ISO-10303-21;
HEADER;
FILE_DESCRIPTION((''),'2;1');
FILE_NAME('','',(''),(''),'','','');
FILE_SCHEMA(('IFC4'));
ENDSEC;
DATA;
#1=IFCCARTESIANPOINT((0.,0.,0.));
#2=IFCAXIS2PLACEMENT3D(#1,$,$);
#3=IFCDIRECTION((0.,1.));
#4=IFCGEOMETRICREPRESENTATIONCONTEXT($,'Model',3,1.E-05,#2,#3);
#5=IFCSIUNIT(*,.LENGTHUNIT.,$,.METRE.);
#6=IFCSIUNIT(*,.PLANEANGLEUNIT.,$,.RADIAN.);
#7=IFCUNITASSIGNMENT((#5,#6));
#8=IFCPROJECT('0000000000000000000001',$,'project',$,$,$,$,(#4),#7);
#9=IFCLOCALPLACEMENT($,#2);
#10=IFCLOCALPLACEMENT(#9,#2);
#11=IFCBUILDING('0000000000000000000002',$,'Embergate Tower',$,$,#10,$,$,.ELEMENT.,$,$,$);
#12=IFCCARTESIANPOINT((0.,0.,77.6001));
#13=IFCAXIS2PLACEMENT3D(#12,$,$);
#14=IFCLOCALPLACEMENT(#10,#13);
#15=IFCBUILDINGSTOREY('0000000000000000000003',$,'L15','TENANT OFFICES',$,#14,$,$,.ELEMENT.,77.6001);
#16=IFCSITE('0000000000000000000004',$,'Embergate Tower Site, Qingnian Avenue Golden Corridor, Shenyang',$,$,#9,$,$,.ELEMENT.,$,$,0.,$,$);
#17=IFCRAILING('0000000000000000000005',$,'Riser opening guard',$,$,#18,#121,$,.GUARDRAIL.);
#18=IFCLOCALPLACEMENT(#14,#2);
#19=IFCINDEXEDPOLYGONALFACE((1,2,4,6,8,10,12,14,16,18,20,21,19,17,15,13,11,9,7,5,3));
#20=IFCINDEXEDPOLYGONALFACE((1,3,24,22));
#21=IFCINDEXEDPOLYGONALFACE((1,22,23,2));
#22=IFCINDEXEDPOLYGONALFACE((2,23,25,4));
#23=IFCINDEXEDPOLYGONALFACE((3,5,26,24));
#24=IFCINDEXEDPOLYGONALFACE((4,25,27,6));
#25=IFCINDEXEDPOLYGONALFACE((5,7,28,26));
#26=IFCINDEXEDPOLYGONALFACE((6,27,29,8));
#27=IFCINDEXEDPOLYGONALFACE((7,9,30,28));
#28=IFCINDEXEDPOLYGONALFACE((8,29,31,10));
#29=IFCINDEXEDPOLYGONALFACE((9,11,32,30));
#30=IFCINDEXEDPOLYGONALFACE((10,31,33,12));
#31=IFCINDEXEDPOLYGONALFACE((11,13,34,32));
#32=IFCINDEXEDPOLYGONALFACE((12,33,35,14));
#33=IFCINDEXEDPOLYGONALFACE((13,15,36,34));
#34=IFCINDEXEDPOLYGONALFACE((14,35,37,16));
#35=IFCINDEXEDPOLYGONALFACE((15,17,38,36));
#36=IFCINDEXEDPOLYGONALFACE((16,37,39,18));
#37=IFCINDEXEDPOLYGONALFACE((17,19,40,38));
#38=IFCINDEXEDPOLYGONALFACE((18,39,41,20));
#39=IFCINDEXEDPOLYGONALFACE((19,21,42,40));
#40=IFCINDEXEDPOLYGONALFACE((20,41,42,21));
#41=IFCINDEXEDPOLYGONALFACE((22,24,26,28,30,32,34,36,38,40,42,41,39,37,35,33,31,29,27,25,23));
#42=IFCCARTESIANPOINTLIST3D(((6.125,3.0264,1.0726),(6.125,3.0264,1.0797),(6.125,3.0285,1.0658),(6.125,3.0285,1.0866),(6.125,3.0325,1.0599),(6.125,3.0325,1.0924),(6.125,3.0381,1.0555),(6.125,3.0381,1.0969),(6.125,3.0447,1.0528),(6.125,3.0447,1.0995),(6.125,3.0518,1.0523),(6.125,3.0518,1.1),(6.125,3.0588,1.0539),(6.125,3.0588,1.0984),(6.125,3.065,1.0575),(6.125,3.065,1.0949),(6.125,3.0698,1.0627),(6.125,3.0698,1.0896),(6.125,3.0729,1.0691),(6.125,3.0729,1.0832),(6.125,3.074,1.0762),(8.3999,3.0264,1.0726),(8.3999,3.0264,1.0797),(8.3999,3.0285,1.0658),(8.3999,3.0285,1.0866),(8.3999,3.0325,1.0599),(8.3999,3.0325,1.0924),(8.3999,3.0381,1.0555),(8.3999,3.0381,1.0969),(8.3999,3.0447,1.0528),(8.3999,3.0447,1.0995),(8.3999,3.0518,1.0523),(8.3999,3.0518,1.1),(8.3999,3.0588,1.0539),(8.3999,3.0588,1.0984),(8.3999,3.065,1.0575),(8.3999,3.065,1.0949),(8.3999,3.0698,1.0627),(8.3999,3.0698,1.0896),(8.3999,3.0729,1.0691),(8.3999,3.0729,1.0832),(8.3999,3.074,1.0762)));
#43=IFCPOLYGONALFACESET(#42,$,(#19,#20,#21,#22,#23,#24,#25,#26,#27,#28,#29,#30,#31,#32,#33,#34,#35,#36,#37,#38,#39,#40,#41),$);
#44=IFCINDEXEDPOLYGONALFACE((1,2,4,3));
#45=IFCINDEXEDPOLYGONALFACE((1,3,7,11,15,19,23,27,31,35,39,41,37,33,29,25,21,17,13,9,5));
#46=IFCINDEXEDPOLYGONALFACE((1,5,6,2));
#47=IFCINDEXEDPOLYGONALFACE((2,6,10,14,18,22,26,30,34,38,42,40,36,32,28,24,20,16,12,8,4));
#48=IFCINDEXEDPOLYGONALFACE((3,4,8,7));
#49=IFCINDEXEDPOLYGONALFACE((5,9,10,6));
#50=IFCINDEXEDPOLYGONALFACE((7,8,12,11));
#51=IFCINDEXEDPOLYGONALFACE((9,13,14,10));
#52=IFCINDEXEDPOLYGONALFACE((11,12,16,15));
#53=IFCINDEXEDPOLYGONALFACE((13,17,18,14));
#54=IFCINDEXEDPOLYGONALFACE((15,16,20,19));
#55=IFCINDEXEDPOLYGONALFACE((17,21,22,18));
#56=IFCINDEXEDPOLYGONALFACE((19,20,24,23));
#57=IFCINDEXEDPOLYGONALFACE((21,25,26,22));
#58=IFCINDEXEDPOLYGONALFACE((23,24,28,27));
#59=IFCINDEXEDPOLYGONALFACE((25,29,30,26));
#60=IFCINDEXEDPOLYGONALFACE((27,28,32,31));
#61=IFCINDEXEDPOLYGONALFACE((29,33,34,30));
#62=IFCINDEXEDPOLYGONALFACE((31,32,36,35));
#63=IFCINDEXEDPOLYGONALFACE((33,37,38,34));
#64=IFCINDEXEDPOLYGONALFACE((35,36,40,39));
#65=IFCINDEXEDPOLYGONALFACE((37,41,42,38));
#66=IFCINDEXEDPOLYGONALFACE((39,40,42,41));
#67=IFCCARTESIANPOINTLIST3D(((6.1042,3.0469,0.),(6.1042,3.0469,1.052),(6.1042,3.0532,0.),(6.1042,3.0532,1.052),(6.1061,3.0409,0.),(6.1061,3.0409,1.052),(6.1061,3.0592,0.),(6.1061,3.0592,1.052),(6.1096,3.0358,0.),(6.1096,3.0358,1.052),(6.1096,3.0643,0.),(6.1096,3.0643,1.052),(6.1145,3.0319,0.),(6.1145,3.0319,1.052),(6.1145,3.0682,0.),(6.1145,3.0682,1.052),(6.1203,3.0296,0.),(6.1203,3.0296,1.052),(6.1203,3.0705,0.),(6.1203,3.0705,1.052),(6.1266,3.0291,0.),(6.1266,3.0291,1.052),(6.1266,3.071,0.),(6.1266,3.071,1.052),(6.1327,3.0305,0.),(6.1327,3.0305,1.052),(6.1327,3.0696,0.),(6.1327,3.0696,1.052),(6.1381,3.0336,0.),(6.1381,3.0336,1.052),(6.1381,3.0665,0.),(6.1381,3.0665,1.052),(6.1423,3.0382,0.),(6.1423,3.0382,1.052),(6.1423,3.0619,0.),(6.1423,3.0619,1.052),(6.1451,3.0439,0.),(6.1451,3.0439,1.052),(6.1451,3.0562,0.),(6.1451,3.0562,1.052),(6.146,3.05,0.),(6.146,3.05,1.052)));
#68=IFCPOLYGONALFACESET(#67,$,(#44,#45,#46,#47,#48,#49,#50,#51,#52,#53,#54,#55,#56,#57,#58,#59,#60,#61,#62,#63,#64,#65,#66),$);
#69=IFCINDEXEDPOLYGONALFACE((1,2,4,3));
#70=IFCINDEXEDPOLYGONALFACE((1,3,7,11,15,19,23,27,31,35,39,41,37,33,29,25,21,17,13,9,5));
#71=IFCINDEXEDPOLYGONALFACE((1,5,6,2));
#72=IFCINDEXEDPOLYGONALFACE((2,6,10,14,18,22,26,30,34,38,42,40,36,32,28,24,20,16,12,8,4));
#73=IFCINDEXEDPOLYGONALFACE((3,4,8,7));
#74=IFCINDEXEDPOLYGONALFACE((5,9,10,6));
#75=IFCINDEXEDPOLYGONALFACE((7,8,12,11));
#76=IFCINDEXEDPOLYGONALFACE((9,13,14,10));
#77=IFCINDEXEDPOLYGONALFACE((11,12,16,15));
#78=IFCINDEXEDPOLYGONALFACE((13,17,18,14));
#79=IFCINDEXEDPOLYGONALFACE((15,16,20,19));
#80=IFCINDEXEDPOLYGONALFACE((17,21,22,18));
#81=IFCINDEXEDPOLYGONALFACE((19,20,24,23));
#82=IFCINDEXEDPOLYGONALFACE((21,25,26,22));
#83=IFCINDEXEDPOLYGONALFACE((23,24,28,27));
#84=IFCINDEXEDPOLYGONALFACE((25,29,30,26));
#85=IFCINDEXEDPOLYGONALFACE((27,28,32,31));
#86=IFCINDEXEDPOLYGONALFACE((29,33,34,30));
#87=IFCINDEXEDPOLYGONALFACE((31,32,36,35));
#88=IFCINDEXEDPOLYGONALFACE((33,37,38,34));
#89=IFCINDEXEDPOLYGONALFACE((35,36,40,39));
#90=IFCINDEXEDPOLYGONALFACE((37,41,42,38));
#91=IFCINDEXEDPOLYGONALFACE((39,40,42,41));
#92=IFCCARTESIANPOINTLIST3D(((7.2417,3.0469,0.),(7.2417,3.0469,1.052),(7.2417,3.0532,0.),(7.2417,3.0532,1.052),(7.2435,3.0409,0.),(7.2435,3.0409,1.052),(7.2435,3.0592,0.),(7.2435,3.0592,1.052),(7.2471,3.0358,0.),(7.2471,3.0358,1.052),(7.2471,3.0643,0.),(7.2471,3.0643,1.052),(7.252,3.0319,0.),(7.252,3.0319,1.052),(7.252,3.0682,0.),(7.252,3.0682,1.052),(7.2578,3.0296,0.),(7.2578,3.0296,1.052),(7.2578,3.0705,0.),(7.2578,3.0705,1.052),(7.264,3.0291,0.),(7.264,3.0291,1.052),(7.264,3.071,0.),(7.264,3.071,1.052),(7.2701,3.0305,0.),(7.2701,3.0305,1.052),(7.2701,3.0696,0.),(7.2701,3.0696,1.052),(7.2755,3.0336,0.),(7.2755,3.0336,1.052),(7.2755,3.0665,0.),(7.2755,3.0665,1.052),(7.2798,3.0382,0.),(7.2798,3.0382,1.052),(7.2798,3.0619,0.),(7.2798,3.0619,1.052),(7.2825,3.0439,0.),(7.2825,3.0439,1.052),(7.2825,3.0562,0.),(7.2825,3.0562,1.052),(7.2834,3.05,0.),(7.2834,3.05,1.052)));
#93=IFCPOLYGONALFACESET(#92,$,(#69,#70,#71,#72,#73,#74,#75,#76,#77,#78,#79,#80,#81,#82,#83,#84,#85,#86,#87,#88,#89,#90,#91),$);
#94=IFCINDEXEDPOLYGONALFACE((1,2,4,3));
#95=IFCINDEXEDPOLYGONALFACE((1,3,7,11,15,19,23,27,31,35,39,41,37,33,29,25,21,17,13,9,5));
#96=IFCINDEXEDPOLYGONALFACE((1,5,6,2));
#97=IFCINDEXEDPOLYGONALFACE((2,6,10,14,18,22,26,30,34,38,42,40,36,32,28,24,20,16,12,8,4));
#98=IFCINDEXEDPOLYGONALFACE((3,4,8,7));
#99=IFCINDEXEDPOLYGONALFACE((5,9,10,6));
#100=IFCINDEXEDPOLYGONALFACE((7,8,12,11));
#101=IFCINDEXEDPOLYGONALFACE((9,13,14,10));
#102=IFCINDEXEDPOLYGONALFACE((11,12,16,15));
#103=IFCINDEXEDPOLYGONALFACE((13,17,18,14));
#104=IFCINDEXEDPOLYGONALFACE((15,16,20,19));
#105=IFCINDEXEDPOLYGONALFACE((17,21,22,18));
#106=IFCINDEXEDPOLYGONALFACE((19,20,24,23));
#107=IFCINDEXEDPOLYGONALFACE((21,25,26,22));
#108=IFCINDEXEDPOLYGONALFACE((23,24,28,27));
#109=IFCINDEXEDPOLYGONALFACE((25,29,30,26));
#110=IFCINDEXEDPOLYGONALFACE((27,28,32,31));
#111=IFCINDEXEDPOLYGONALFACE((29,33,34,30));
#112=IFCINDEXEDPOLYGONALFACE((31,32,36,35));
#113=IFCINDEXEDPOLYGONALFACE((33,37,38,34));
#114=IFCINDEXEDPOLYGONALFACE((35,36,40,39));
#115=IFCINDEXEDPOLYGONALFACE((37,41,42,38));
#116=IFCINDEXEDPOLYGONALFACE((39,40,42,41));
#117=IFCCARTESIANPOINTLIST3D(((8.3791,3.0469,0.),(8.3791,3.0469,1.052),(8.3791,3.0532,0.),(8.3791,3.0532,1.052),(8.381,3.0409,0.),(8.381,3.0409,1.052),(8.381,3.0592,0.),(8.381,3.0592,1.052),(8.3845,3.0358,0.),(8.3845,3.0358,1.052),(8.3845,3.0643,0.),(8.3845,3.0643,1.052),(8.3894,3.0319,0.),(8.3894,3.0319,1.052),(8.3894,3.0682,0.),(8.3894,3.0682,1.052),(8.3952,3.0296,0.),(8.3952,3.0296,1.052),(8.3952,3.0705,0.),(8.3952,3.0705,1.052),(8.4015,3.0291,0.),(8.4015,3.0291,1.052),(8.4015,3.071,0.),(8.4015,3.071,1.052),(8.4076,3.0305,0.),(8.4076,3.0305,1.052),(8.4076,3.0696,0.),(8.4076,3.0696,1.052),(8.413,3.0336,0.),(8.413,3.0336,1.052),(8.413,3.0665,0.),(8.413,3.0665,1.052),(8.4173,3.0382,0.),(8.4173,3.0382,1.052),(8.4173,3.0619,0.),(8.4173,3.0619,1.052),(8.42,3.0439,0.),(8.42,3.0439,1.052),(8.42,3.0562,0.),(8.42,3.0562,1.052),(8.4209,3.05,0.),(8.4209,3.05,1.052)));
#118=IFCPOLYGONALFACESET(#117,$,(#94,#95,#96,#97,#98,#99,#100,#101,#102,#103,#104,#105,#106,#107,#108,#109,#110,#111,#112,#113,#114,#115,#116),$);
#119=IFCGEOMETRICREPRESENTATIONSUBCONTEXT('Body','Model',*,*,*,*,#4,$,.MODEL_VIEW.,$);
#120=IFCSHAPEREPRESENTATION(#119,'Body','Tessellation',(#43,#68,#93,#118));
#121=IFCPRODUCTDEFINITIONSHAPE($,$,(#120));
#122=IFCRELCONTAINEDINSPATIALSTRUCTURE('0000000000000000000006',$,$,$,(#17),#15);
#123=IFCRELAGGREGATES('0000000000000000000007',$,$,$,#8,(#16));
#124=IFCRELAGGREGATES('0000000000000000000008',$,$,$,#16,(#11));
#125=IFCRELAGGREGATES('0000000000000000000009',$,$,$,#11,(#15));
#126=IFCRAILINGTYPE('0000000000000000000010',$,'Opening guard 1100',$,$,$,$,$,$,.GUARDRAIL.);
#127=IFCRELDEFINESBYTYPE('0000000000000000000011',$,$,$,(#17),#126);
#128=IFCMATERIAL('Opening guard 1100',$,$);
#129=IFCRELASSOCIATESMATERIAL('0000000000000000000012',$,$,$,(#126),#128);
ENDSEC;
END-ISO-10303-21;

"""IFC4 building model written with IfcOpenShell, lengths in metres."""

from ifc_helpers import new_model, si_unit, direction, frame, origin, origin_2d, place, context, subcontext, project, spatial, circle, extrude, source, transform, mapped, material, type_object, element, save


model = new_model("IFC4")

# Units and contexts
model_context = context("Model", 3, precision=1e-05, world=origin(), true_north=direction((0.0, 1.0)))
body_context = subcontext(model_context, "Body", "Model", "MODEL_VIEW")
ifc_project = project(units=[si_unit("LENGTHUNIT", "METRE"), si_unit("PLANEANGLEUNIT", "RADIAN")], contexts=[model_context])

# Site, building, storey
site_placement = place(None, origin())
site = spatial("IfcSite", under=ifc_project, at=site_placement, Name="Embergate Tower Site, Qingnian Avenue Golden Corridor, Shenyang", CompositionType="ELEMENT", RefElevation=0.0)
building_placement = place(site_placement, origin())
building = spatial("IfcBuilding", under=site, at=building_placement, Name="Embergate Tower", CompositionType="ELEMENT")
storey_placement = place(building_placement, frame((0.0, 0.0, 77.6001)))
storey = spatial("IfcBuildingStorey", under=building, at=storey_placement, Name="L15", Description="TENANT OFFICES", CompositionType="ELEMENT", Elevation=77.6001)

# Railing
ifc_material_1 = material(Name="Opening guard 1100")
railing_type = type_object("IfcRailingType", Name="Opening guard 1100", PredefinedType="GUARDRAIL", material=ifc_material_1)
shared_shape_1 = source(origin(), body_context, "Body", "SweptSolid", [
    extrude(circle(Radius=0.0239, at=origin_2d()), frame((0.0, 0.0, 1.0762), z_axis=(1.0, 0.0, 0.0), x_axis=(0.0, 1.0, 0.0)), (0.0, 0.0, 1.0), 2.2749),
    extrude(circle(Radius=0.021, at=origin_2d()), origin(), (0.0, 0.0, 1.0), 1.052),
    extrude(circle(Radius=0.021, at=origin_2d()), frame((1.1375, 0.0, 0.0)), (0.0, 0.0, 1.0), 1.052),
    extrude(circle(Radius=0.021, at=origin_2d()), frame((2.2749, 0.0, 0.0)), (0.0, 0.0, 1.0), 1.052),
])
railing_placement = place(storey_placement, frame((6.125, 3.05, 0.0)))
element("IfcRailing", 1, at=railing_placement, inside=storey, type_object=railing_type, Name="Riser opening guard", PredefinedType="GUARDRAIL", context=body_context, shape_type="MappedRepresentation", body=[
    mapped(shared_shape_1, transform((0.0, 0.0, 0.0))),
])

save(model, "model.ifc")
